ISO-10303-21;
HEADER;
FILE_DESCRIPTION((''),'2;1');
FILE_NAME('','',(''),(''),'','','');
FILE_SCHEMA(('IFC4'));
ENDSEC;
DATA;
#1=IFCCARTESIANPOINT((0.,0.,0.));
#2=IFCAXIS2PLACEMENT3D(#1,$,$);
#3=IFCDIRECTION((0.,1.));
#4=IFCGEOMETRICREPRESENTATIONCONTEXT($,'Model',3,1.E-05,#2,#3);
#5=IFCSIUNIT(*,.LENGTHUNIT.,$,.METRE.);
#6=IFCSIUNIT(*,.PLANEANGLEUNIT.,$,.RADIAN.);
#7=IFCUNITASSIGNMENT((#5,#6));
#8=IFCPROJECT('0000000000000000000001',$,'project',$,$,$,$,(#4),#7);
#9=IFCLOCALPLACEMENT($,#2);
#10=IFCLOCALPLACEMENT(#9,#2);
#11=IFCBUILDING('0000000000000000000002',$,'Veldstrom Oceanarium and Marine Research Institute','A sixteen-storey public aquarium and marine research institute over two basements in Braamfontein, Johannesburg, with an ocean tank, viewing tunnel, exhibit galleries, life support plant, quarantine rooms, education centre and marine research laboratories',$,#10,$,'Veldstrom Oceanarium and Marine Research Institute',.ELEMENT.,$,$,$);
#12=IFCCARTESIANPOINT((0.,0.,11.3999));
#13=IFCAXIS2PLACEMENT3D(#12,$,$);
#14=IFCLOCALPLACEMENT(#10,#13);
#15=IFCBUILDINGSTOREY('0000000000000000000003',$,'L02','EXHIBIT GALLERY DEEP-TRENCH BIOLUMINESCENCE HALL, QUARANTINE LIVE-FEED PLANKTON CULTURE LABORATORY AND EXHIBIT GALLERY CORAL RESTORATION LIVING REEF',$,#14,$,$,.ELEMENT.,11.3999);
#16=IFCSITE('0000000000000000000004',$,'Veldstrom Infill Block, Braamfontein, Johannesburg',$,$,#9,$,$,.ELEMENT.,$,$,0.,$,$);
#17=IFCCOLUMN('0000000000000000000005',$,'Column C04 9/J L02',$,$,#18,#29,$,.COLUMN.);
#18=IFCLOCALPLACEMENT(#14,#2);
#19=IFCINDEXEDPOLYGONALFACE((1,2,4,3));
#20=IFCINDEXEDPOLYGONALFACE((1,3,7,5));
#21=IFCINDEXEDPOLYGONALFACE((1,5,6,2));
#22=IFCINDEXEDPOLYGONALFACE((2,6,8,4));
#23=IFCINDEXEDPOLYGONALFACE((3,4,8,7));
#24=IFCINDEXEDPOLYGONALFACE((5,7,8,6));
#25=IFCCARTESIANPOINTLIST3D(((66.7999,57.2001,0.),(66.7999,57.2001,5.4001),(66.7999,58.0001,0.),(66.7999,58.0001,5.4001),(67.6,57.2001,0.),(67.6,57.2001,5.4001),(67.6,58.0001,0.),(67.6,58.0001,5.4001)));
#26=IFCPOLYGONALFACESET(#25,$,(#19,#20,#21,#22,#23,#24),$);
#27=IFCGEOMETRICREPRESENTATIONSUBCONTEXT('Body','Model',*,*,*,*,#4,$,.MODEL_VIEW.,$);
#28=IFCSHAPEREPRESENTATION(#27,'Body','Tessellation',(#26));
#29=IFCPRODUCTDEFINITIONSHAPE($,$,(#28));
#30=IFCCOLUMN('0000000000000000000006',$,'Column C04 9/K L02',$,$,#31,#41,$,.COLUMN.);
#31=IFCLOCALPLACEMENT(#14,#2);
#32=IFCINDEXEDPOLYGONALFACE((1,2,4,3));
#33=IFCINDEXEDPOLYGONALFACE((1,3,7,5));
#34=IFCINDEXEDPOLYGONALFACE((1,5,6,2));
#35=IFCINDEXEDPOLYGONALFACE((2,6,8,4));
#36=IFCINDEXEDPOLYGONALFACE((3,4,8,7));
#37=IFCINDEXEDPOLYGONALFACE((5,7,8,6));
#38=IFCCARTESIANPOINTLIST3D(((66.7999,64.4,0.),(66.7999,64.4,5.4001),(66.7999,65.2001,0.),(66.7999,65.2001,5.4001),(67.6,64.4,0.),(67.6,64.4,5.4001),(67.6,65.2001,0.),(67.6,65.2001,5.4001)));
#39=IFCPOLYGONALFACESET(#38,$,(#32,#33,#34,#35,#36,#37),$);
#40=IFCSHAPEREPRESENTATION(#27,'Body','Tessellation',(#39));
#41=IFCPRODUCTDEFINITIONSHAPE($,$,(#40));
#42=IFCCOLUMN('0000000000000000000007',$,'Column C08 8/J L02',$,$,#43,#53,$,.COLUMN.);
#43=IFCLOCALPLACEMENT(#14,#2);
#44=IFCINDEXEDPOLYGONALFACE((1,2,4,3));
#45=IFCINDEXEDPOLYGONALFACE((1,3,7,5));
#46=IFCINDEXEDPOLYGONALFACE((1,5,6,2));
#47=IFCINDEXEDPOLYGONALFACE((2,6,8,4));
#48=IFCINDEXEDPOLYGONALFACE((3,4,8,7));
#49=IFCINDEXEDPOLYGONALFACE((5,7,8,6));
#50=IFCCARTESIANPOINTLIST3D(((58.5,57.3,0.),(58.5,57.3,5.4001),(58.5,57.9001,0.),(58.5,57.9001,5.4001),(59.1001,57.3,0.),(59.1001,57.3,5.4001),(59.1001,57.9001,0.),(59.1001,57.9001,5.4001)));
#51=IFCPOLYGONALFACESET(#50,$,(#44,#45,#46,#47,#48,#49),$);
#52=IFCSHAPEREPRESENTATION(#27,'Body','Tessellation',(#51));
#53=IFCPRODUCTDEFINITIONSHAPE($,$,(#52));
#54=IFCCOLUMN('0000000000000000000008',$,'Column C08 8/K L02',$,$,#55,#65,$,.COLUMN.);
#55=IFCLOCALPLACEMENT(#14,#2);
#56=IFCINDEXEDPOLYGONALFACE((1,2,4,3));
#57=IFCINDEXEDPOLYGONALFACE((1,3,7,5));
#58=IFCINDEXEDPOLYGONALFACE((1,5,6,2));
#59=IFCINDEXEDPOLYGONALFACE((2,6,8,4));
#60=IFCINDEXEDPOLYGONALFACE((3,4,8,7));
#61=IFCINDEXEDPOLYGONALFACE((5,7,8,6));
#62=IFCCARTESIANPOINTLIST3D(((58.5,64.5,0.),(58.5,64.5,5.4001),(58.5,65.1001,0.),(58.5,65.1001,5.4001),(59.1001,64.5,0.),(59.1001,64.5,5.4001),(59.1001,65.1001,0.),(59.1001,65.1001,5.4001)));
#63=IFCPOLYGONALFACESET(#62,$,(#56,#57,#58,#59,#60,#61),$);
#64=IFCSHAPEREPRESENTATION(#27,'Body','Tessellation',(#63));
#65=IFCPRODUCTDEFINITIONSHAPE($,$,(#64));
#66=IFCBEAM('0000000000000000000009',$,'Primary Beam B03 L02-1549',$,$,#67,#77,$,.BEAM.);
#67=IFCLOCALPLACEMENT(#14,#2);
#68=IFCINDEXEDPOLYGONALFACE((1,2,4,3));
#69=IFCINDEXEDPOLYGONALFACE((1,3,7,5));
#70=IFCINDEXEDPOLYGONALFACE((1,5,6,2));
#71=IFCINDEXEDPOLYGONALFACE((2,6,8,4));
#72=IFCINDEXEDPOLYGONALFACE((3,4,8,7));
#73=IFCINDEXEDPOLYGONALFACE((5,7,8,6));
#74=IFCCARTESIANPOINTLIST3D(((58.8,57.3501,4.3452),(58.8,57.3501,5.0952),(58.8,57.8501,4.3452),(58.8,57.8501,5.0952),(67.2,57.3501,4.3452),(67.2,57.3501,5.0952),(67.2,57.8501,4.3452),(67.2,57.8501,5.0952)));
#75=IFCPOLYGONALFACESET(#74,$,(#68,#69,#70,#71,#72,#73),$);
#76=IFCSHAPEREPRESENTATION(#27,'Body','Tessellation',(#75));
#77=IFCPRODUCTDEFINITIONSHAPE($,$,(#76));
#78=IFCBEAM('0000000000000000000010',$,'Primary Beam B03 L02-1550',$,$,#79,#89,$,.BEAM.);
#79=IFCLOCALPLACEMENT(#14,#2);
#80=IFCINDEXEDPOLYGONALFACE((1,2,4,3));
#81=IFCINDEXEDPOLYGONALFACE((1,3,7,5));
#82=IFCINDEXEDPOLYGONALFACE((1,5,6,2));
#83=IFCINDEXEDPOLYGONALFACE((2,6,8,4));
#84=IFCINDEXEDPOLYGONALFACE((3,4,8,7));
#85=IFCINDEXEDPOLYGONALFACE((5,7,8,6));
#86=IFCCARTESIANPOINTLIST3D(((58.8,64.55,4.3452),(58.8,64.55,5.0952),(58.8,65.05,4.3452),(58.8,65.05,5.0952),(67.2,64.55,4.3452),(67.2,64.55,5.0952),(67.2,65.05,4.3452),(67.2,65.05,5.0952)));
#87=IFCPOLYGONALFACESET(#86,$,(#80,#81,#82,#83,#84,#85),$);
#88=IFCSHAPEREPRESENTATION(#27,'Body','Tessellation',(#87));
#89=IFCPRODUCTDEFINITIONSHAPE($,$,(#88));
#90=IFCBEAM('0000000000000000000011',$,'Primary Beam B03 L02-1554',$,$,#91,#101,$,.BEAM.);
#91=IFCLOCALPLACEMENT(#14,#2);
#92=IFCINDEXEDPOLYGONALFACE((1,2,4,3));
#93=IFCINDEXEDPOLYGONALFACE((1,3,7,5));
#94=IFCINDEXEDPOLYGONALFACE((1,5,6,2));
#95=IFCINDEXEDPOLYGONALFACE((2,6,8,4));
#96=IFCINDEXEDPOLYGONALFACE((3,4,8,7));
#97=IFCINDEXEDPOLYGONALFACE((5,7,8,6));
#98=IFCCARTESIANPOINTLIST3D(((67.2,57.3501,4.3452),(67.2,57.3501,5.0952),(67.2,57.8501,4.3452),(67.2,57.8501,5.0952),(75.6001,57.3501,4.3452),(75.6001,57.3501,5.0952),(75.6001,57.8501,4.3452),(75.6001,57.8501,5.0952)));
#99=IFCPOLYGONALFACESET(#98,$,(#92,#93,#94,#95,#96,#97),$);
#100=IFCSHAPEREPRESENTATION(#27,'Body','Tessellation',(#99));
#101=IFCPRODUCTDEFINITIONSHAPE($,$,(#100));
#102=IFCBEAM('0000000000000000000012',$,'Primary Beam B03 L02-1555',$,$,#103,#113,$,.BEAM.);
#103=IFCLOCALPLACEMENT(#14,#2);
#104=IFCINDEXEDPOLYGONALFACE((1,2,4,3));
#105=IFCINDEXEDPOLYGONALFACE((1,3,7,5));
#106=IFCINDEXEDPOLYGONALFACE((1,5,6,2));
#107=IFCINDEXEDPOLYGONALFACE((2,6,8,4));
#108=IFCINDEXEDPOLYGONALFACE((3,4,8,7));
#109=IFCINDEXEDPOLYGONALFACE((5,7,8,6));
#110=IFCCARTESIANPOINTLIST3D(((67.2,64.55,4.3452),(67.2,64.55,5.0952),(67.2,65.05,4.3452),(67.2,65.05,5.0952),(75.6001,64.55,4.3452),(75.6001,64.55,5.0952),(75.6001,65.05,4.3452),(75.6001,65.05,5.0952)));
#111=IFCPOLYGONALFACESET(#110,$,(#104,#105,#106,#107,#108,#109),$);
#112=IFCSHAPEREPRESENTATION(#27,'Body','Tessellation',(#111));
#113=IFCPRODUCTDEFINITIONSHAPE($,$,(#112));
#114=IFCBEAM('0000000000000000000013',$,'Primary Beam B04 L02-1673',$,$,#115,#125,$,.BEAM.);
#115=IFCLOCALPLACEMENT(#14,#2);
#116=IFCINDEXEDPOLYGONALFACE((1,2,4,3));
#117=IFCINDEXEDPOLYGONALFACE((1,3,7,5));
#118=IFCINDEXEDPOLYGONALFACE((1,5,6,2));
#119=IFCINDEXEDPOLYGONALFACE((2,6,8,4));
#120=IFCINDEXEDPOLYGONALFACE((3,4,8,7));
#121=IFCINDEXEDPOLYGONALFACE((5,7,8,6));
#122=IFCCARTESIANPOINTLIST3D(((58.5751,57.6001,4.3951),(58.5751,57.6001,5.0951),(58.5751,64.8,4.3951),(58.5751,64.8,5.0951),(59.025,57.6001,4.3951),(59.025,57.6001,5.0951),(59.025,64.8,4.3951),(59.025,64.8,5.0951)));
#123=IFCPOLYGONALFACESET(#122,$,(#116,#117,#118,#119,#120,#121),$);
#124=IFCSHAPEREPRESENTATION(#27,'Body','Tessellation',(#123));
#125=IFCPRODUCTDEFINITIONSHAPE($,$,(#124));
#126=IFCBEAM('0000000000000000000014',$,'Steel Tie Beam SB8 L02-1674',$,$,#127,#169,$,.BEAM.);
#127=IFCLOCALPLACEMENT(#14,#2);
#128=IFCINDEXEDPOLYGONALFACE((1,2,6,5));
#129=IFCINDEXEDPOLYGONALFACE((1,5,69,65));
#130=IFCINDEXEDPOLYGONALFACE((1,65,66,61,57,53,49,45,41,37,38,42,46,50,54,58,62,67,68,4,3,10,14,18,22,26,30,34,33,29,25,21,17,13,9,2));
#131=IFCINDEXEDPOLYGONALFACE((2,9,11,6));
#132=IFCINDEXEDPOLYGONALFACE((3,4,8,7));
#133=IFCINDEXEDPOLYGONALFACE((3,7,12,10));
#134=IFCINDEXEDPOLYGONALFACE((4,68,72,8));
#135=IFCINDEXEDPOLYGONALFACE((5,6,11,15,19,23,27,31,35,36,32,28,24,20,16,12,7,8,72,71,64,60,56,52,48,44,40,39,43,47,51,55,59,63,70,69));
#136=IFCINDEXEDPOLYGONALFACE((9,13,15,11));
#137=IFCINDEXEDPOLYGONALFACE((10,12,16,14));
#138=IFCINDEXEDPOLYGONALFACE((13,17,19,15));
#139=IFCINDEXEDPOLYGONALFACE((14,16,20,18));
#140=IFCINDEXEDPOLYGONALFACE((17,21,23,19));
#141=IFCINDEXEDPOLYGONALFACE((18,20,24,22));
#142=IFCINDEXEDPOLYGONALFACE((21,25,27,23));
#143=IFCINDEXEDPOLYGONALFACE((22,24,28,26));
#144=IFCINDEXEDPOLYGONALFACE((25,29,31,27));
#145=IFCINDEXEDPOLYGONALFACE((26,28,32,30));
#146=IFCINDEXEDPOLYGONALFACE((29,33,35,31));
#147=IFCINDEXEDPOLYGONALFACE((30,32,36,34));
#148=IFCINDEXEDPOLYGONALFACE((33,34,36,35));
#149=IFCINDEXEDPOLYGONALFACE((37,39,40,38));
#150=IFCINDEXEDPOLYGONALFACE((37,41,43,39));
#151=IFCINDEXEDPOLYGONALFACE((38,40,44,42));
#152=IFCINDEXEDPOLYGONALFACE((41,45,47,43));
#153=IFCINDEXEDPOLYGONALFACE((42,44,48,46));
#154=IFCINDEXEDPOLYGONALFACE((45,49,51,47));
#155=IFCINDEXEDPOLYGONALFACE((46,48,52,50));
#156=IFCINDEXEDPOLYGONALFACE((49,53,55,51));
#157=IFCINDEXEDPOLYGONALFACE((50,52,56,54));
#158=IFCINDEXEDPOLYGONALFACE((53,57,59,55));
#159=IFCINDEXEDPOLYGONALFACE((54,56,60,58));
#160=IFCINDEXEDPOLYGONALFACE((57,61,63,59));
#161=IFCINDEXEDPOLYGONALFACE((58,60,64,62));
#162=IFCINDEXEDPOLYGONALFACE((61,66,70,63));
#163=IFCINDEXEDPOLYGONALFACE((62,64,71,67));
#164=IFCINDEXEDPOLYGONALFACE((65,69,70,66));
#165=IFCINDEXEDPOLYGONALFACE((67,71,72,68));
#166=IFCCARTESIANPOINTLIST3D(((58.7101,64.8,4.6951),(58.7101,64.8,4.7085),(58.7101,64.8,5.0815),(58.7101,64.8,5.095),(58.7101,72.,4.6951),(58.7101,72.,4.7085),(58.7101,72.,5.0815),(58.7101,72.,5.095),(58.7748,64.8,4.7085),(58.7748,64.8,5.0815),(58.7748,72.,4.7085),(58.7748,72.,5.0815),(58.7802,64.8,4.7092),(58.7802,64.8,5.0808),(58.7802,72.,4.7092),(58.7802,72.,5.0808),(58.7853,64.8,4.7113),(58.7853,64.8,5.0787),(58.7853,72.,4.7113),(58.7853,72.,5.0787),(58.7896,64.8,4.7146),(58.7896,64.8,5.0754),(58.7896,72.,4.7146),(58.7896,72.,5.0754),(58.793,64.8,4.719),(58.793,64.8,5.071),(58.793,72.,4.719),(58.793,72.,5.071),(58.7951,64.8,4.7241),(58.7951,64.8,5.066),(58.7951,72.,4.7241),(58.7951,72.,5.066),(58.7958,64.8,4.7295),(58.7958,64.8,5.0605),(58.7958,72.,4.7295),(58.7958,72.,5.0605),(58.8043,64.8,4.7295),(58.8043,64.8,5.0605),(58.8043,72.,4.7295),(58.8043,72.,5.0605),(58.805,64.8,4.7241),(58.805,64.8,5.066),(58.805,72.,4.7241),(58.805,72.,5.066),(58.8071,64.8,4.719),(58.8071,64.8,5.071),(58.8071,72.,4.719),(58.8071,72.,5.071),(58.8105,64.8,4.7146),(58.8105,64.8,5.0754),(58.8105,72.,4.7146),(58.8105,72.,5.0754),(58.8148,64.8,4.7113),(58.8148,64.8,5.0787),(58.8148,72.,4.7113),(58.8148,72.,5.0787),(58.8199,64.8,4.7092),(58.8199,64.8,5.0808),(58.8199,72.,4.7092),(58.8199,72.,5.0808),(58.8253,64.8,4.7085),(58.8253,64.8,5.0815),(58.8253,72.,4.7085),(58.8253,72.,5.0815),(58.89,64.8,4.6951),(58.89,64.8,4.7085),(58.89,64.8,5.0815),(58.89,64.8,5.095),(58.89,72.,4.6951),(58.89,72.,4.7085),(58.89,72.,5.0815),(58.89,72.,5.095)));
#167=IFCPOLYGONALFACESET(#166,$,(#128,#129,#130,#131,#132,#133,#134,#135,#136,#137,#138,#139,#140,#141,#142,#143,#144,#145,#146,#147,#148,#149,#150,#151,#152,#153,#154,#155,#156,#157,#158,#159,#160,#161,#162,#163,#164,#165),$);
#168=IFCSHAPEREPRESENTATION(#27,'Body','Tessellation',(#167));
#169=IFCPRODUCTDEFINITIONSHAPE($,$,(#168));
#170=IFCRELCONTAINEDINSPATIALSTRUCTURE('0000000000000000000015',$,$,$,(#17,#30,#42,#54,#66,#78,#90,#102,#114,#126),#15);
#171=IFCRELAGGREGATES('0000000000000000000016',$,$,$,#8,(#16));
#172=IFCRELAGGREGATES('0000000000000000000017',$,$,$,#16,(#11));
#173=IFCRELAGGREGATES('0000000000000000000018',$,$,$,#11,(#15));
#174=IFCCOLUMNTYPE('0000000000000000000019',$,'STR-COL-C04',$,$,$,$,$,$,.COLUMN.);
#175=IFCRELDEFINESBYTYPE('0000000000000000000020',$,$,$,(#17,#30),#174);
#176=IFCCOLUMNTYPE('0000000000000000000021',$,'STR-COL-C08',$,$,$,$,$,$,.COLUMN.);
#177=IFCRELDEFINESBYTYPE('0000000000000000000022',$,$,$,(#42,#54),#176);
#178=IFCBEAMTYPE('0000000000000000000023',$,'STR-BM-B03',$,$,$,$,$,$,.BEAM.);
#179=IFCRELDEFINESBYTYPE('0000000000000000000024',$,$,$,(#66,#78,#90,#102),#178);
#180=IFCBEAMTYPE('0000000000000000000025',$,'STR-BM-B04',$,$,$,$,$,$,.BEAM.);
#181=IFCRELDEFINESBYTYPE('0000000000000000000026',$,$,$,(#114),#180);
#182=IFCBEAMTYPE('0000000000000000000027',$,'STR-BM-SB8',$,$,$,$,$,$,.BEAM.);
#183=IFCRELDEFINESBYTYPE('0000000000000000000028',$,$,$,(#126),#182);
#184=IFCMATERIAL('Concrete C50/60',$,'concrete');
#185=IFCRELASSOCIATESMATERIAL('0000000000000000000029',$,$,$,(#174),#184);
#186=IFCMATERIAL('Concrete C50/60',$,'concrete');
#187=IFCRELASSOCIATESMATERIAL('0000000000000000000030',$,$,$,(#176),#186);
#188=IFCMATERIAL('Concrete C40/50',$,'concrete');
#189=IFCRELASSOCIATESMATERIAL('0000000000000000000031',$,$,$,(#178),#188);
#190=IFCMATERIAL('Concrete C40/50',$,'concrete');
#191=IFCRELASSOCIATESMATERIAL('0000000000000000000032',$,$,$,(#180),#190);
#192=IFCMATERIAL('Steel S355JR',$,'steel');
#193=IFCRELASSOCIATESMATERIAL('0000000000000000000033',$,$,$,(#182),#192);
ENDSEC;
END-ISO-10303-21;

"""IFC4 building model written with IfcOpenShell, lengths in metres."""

from ifc_helpers import new_model, si_unit, direction, frame, origin, origin_2d, place, context, subcontext, project, spatial, rectangle, i_section, extrude, material, material_profile, profile_set, type_object, element, save


model = new_model("IFC4")

# Units and contexts
model_context = context("Model", 3, precision=1e-05, world=origin(), true_north=direction((0.0, 1.0)))
body_context = subcontext(model_context, "Body", "Model", "MODEL_VIEW")
ifc_project = project(units=[si_unit("LENGTHUNIT", "METRE"), si_unit("PLANEANGLEUNIT", "RADIAN")], contexts=[model_context])

# Site, building, storey
site_placement = place(None, origin())
site = spatial("IfcSite", under=ifc_project, at=site_placement, Name="Veldstrom Infill Block, Braamfontein, Johannesburg", CompositionType="ELEMENT", RefElevation=0.0)
building_placement = place(site_placement, origin())
building = spatial("IfcBuilding", under=site, at=building_placement, Name="Veldstrom Oceanarium and Marine Research Institute", Description="A sixteen-storey public aquarium and marine research institute over two basements in Braamfontein, Johannesburg, with an ocean tank, viewing tunnel, exhibit galleries, life support plant, quarantine rooms, education centre and marine research laboratories", LongName="Veldstrom Oceanarium and Marine Research Institute", CompositionType="ELEMENT")
storey_placement = place(building_placement, frame((0.0, 0.0, 11.3999)))
storey = spatial("IfcBuildingStorey", under=building, at=storey_placement, Name="L02", Description="EXHIBIT GALLERY DEEP-TRENCH BIOLUMINESCENCE HALL, QUARANTINE LIVE-FEED PLANKTON CULTURE LABORATORY AND EXHIBIT GALLERY CORAL RESTORATION LIVING REEF", CompositionType="ELEMENT", Elevation=11.3999)

# Columns
ifc_material_1 = material(Name="Concrete C50/60", Category="concrete")
ifc_material_profile_1 = material_profile(ifc_material_1, rectangle(XDim=0.8, YDim=0.8, at=origin_2d()), Name="RC-COL-800x800")
ifc_profile_set_1 = profile_set([ifc_material_profile_1], Name="Concrete C50/60")
column_type_1 = type_object("IfcColumnType", Name="STR-COL-C04", PredefinedType="COLUMN", material=ifc_profile_set_1)
for number, where, z_axis, x_axis, name in (
    (1, (67.2, 57.6001, 0.0), (0.0, 0.0, 1.0), (1.0, 0.0, 0.0), "Column C04 9/J L02"),
    (2, (67.2, 64.8, 0.0), (0.0, 0.0, 1.0), (1.0, 0.0, 0.0), "Column C04 9/K L02"),
):
    element("IfcColumn", number, at=place(storey_placement, frame(where, z_axis=z_axis, x_axis=x_axis)), inside=storey, type_object=column_type_1, Name=name, PredefinedType="COLUMN", context=body_context, shape_type="SweptSolid", body=[
        extrude(rectangle(XDim=0.8, YDim=0.8, at=origin_2d()), origin(), (0.0, 0.0, 1.0), 5.4001),
    ])
ifc_material_2 = material(Name="Concrete C50/60", Category="concrete")
ifc_material_profile_2 = material_profile(ifc_material_2, rectangle(XDim=0.6001, YDim=0.6001, at=origin_2d()), Name="RC-COL-600x600")
ifc_profile_set_2 = profile_set([ifc_material_profile_2], Name="Concrete C50/60")
column_type_2 = type_object("IfcColumnType", Name="STR-COL-C08", PredefinedType="COLUMN", material=ifc_profile_set_2)
for number, where, z_axis, x_axis, name in (
    (3, (58.8, 57.6001, 0.0), (0.0, 0.0, 1.0), (1.0, 0.0, 0.0), "Column C08 8/J L02"),
    (4, (58.8, 64.8, 0.0), (0.0, 0.0, 1.0), (1.0, 0.0, 0.0), "Column C08 8/K L02"),
):
    element("IfcColumn", number, at=place(storey_placement, frame(where, z_axis=z_axis, x_axis=x_axis)), inside=storey, type_object=column_type_2, Name=name, PredefinedType="COLUMN", context=body_context, shape_type="SweptSolid", body=[
        extrude(rectangle(XDim=0.6001, YDim=0.6001, at=origin_2d()), origin(), (0.0, 0.0, 1.0), 5.4001),
    ])

# Beams
ifc_material_3 = material(Name="Concrete C40/50", Category="concrete")
ifc_material_profile_3 = material_profile(ifc_material_3, rectangle(XDim=0.5, YDim=0.75, at=origin_2d()), Name="RC-BM-500x750")
ifc_profile_set_3 = profile_set([ifc_material_profile_3], Name="Concrete C40/50")
beam_type_1 = type_object("IfcBeamType", Name="STR-BM-B03", PredefinedType="BEAM", material=ifc_profile_set_3)
for number, where, z_axis, x_axis, name in (
    (5, (58.8, 57.6001, 4.7202), (1.0, 0.0, 0.0), (0.0, 1.0, 0.0), "Primary Beam B03 L02-1549"),
    (6, (58.8, 64.8, 4.7202), (1.0, 0.0, 0.0), (0.0, 1.0, 0.0), "Primary Beam B03 L02-1550"),
):
    element("IfcBeam", number, at=place(storey_placement, frame(where, z_axis=z_axis, x_axis=x_axis)), inside=storey, type_object=beam_type_1, Name=name, PredefinedType="BEAM", context=body_context, shape_type="SweptSolid", body=[
        extrude(rectangle(XDim=0.5, YDim=0.75, at=origin_2d()), origin(), (0.0, 0.0, 1.0), 8.3999),
    ])
for number, where, z_axis, x_axis, name in (
    (7, (67.2, 57.6001, 4.7202), (1.0, 0.0, 0.0), (0.0, 1.0, 0.0), "Primary Beam B03 L02-1554"),
    (8, (67.2, 64.8, 4.7202), (1.0, 0.0, 0.0), (0.0, 1.0, 0.0), "Primary Beam B03 L02-1555"),
):
    element("IfcBeam", number, at=place(storey_placement, frame(where, z_axis=z_axis, x_axis=x_axis)), inside=storey, type_object=beam_type_1, Name=name, PredefinedType="BEAM", context=body_context, shape_type="SweptSolid", body=[
        extrude(rectangle(XDim=0.5, YDim=0.75, at=origin_2d()), origin(), (0.0, 0.0, 1.0), 8.4001),
    ])
ifc_material_4 = material(Name="Concrete C40/50", Category="concrete")
ifc_material_profile_4 = material_profile(ifc_material_4, rectangle(XDim=0.45, YDim=0.7, at=origin_2d()), Name="RC-BM-450x700")
ifc_profile_set_4 = profile_set([ifc_material_profile_4], Name="Concrete C40/50")
beam_type_2 = type_object("IfcBeamType", Name="STR-BM-B04", PredefinedType="BEAM", material=ifc_profile_set_4)
beam_1_placement = place(storey_placement, frame((58.8, 57.6001, 4.7451), z_axis=(0.0, 1.0, 0.0), x_axis=(-1.0, 0.0, 0.0)))
element("IfcBeam", 9, at=beam_1_placement, inside=storey, type_object=beam_type_2, Name="Primary Beam B04 L02-1673", PredefinedType="BEAM", context=body_context, shape_type="SweptSolid", body=[
    extrude(rectangle(XDim=0.45, YDim=0.7, at=origin_2d()), origin(), (0.0, 0.0, 1.0), 7.2),
])
ifc_material_5 = material(Name="Steel S355JR", Category="steel")
ifc_material_profile_5 = material_profile(ifc_material_5, i_section(OverallWidth=0.1799, OverallDepth=0.3999, WebThickness=0.0085, FlangeThickness=0.0134, FilletRadius=0.021, at=origin_2d()), Name="IPE 400")
ifc_profile_set_5 = profile_set([ifc_material_profile_5], Name="Steel S355JR")
beam_type_3 = type_object("IfcBeamType", Name="STR-BM-SB8", PredefinedType="BEAM", material=ifc_profile_set_5)
for number, where, z_axis, x_axis, name in (
    (10, (58.8, 64.8, 4.895), (0.0, 1.0, 0.0), (-1.0, 0.0, 0.0), "Steel Tie Beam SB8 L02-1674"),
):
    element("IfcBeam", number, at=place(storey_placement, frame(where, z_axis=z_axis, x_axis=x_axis)), inside=storey, type_object=beam_type_3, Name=name, PredefinedType="BEAM", context=body_context, shape_type="SweptSolid", body=[
        extrude(i_section(OverallWidth=0.1799, OverallDepth=0.3999, WebThickness=0.0085, FlangeThickness=0.0134, FilletRadius=0.021, at=origin_2d()), origin(), (0.0, 0.0, 1.0), 7.2),
    ])

save(model, "model.ifc")
